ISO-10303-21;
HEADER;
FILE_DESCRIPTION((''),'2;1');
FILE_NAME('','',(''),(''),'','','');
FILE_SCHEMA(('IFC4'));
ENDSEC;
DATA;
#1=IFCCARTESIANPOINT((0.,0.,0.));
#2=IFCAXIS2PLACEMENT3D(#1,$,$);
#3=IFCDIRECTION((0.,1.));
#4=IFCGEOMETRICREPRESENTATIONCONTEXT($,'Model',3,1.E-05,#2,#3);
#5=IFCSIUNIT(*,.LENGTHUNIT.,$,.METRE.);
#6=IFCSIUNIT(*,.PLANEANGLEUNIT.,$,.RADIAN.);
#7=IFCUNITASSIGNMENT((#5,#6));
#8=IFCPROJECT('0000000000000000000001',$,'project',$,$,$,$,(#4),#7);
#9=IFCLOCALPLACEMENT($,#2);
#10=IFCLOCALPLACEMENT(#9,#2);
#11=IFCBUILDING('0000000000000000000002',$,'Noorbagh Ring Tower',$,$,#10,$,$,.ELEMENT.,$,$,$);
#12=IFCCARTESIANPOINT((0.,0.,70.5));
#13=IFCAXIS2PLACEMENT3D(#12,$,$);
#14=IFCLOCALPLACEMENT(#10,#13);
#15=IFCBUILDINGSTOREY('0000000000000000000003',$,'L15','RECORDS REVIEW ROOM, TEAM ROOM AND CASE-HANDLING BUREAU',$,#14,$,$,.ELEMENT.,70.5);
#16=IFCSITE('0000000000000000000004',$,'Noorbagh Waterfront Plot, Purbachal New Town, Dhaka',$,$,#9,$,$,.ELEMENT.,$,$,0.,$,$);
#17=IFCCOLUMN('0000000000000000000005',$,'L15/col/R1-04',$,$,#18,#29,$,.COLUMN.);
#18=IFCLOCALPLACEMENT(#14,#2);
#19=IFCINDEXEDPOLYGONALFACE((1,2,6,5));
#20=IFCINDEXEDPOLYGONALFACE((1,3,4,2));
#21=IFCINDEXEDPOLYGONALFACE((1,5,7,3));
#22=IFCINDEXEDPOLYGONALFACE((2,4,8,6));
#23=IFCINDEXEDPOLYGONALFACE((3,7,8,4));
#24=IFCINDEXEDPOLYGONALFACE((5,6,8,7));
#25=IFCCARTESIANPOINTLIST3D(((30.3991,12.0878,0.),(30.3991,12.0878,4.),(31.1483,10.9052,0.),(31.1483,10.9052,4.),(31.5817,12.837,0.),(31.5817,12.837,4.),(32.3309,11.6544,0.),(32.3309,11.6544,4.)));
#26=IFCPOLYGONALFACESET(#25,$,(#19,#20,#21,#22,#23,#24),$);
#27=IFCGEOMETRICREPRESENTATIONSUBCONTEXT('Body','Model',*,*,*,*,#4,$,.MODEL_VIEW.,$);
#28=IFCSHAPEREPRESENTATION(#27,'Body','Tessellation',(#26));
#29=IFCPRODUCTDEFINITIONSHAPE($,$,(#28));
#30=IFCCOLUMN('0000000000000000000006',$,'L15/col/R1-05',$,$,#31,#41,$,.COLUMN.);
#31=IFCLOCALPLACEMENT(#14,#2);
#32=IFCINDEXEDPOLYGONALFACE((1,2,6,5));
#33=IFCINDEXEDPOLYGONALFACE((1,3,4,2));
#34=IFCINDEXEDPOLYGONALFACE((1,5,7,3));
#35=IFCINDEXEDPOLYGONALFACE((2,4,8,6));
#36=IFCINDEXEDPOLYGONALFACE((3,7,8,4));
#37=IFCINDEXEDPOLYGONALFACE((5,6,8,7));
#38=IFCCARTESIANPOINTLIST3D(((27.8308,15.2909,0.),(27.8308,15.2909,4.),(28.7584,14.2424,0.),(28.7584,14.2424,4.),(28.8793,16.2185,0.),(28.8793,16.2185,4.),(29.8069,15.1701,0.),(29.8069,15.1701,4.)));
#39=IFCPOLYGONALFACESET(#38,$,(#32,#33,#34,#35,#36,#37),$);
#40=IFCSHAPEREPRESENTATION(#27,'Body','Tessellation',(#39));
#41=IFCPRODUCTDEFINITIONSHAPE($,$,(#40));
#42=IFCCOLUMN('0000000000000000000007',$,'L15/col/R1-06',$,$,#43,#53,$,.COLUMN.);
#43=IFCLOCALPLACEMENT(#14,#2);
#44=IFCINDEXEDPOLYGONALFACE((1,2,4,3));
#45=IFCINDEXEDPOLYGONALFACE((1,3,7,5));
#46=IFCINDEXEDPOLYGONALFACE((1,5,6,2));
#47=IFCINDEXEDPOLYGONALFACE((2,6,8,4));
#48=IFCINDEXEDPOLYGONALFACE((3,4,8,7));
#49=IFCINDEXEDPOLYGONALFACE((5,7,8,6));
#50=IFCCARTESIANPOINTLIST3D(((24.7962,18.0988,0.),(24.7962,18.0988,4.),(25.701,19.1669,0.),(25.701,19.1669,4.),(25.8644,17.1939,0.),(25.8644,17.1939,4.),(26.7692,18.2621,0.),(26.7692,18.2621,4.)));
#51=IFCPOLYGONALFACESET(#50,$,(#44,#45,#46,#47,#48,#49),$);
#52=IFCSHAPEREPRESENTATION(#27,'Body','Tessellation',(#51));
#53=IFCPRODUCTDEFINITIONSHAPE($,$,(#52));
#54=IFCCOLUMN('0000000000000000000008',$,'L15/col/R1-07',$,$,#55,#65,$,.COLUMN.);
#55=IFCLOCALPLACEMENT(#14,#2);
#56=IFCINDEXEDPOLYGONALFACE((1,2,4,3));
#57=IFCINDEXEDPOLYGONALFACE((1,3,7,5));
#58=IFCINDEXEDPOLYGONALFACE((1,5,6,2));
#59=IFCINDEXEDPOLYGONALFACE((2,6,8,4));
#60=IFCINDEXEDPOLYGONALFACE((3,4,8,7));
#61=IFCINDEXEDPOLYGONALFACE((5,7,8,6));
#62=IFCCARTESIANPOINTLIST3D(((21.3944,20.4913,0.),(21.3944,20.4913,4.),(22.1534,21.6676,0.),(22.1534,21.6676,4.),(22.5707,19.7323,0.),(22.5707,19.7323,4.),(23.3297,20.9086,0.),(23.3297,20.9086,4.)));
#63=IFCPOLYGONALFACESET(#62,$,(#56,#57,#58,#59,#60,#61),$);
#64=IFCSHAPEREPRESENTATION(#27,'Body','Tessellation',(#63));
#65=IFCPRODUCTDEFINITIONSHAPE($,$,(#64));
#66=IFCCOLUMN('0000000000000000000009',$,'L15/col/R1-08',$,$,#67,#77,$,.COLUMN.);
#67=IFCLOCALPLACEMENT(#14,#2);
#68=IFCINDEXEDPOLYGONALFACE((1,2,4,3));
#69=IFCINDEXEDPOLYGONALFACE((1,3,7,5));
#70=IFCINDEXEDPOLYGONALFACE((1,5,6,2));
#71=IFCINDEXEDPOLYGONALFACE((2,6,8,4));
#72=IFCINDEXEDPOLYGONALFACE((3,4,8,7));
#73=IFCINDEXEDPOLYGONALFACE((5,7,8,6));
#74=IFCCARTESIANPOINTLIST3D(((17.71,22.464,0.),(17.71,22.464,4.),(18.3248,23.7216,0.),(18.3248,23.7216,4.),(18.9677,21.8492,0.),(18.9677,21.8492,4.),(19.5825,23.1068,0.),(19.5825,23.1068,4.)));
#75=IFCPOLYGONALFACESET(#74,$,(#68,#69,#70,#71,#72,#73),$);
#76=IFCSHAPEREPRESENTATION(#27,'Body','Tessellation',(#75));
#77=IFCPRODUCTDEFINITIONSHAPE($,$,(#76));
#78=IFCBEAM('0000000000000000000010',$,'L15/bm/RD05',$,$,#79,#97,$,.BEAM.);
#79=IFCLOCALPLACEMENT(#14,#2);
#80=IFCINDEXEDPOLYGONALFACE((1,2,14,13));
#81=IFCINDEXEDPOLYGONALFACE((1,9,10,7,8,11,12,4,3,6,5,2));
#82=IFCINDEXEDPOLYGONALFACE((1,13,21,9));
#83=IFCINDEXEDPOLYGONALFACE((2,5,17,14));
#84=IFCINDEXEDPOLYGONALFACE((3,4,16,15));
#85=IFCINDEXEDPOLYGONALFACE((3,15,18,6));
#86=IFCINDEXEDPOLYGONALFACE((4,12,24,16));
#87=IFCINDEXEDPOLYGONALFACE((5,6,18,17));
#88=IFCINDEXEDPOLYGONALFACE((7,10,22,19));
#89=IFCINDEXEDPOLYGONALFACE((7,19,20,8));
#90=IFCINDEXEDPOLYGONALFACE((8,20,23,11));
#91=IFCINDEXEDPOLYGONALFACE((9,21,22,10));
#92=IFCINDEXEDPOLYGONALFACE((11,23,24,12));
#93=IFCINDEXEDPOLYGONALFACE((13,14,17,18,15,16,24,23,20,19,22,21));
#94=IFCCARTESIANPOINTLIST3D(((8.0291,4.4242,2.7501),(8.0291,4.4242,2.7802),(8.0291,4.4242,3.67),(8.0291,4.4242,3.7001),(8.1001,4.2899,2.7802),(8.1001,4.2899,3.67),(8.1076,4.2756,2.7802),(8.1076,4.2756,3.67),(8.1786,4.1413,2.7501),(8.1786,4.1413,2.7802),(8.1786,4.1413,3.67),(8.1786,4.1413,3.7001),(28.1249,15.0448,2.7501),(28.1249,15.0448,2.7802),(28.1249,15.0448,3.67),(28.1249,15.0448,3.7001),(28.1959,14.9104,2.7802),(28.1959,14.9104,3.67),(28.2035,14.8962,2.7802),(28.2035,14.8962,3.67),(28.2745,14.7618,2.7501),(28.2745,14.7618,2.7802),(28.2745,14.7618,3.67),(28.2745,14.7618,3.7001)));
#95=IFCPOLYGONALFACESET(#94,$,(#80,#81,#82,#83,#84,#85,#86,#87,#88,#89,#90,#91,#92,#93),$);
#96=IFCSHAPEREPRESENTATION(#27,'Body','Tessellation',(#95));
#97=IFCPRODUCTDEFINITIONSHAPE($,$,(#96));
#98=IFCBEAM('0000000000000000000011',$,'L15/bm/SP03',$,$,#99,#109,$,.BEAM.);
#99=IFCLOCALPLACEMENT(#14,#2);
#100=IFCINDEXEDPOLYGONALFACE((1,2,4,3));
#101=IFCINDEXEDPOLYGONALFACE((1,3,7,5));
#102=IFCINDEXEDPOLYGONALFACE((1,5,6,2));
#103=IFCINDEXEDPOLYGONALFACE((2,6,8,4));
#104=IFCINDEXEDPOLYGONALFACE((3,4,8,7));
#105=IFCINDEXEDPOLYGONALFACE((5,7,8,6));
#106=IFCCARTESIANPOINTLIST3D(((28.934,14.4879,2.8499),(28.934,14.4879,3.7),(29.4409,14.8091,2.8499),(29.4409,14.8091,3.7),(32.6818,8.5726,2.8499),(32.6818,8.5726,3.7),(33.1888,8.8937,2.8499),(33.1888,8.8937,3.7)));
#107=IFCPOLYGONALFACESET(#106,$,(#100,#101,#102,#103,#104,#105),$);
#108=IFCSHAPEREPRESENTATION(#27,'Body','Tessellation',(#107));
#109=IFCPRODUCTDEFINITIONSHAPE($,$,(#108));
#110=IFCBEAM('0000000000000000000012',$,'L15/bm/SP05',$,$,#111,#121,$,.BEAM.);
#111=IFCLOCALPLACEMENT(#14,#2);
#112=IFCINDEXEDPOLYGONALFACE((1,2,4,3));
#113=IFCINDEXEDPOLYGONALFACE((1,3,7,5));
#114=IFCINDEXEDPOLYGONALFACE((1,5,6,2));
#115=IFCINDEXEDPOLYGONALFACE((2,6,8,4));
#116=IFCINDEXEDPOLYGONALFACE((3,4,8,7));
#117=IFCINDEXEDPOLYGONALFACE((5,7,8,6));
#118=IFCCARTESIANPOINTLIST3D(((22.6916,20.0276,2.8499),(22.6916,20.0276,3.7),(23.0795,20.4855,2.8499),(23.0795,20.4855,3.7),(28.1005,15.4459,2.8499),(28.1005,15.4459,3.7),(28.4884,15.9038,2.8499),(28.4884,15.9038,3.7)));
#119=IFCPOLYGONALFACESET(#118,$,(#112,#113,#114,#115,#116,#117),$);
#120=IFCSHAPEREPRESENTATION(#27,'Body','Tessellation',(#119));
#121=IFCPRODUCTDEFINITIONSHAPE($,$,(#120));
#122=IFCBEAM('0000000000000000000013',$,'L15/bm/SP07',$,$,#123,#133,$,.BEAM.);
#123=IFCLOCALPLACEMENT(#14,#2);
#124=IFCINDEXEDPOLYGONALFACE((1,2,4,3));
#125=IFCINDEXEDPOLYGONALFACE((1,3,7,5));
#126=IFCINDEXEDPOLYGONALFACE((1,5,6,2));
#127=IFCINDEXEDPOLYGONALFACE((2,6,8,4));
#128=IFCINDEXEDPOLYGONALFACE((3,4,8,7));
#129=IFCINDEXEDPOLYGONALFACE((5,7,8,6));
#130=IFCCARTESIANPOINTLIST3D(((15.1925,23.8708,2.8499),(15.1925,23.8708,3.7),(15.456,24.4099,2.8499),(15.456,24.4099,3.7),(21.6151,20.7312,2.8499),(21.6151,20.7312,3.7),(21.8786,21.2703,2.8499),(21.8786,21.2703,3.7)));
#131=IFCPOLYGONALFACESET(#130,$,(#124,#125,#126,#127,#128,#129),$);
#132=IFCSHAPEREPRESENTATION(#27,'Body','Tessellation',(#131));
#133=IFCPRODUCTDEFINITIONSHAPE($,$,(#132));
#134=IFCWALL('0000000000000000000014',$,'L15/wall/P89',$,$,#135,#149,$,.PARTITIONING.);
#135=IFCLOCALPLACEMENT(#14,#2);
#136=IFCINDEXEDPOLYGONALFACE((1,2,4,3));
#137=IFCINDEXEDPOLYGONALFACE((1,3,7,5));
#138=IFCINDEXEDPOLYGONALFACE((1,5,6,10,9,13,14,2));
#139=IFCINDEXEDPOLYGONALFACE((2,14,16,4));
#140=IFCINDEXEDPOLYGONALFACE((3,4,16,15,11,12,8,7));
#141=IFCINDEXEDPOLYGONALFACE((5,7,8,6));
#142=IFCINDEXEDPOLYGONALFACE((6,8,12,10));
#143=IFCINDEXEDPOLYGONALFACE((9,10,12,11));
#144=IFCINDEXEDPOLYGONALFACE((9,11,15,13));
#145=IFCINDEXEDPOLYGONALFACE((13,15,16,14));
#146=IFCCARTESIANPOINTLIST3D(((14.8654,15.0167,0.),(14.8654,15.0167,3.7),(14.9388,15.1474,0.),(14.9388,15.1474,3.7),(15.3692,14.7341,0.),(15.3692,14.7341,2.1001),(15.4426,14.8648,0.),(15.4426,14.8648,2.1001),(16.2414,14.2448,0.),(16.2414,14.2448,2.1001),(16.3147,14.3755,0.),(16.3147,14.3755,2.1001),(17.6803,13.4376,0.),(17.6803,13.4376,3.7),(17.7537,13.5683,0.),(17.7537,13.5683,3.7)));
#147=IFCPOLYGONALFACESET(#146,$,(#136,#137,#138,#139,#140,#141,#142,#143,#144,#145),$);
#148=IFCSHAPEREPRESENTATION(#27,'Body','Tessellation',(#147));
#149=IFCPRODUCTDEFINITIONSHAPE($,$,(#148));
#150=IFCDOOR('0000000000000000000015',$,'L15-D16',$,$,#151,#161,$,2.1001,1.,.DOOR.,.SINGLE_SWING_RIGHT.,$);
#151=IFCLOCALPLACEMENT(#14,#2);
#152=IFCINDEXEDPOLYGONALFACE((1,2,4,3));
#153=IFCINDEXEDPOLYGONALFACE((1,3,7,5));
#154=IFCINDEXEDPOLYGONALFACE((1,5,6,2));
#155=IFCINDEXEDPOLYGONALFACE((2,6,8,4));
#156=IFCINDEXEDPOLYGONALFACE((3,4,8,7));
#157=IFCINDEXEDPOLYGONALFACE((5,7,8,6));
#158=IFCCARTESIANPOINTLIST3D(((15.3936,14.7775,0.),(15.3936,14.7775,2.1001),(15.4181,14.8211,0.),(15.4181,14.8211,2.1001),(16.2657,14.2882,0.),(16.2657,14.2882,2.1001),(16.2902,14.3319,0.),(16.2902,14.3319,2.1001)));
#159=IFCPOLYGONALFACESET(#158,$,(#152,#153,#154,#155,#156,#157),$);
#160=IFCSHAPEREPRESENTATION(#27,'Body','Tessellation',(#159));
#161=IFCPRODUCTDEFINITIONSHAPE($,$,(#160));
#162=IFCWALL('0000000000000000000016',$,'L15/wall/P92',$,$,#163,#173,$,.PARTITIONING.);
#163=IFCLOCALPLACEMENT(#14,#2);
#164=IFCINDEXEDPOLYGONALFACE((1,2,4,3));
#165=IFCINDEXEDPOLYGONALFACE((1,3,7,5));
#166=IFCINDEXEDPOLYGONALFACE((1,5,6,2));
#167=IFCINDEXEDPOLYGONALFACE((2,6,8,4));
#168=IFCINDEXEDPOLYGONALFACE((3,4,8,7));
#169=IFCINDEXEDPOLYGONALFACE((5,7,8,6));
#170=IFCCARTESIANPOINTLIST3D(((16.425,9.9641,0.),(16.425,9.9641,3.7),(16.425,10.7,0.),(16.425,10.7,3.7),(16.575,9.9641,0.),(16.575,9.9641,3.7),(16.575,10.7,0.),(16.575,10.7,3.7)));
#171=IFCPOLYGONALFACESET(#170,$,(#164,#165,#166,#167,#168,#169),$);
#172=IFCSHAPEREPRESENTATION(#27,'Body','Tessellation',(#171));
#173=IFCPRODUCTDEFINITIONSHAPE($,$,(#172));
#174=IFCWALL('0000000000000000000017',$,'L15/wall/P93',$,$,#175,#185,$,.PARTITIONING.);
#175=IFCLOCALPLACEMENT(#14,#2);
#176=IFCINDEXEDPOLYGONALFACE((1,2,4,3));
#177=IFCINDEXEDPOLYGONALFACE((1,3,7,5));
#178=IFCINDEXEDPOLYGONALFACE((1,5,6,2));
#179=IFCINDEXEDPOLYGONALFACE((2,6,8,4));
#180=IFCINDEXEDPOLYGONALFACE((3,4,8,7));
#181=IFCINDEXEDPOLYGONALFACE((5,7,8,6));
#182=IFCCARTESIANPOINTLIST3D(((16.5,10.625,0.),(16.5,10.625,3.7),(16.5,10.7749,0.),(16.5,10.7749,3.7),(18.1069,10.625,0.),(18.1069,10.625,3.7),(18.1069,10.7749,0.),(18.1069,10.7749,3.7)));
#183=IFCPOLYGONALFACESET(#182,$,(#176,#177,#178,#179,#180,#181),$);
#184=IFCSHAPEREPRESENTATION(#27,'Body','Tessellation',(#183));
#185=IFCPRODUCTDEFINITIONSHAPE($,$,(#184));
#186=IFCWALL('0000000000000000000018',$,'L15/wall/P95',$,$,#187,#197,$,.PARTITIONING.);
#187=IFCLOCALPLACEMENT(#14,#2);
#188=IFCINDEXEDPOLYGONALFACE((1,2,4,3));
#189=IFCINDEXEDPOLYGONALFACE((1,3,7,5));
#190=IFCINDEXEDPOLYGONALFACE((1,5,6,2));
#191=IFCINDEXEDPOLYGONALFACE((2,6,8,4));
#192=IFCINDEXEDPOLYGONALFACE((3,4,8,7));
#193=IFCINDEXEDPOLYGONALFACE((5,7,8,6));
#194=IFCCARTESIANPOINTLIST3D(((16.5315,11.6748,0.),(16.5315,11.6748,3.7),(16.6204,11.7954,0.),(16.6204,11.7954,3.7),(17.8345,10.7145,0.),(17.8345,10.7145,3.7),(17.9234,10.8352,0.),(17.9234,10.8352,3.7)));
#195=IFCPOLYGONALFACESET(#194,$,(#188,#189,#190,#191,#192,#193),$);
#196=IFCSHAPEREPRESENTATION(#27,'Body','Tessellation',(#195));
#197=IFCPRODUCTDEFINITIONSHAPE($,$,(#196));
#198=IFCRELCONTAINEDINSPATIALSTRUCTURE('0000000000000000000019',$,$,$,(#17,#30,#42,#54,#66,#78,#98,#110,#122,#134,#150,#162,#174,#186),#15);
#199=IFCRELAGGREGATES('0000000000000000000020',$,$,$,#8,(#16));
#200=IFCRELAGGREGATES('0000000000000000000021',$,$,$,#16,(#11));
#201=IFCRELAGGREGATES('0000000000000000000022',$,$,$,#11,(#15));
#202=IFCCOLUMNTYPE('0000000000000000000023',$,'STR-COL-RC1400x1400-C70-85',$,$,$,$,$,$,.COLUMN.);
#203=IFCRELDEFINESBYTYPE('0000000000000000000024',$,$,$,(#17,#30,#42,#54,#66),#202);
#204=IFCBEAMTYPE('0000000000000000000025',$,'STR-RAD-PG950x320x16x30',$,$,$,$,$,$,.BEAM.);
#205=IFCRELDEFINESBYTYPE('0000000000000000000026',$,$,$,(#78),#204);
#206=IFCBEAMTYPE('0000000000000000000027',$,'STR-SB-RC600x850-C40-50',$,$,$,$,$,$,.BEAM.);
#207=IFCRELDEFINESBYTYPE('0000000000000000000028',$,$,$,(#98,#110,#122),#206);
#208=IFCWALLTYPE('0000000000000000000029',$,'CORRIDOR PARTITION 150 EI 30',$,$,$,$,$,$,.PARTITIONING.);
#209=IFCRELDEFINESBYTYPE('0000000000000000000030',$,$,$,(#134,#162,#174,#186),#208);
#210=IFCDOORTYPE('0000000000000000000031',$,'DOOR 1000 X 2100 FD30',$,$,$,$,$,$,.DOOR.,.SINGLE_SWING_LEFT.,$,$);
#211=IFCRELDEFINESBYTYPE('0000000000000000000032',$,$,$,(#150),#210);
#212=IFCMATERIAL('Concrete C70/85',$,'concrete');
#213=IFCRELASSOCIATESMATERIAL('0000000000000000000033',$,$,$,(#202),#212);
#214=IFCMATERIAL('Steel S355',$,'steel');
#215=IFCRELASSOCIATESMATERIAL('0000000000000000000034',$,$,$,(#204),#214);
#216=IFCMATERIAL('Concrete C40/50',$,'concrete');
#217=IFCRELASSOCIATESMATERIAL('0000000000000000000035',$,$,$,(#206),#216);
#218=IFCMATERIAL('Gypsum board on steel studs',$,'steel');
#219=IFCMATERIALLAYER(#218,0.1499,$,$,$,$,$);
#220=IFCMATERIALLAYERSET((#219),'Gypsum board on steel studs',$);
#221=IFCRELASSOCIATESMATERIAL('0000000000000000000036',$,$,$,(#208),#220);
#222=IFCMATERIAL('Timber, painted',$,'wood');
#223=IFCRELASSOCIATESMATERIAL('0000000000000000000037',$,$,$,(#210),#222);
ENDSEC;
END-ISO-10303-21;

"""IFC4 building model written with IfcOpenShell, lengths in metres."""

from ifc_helpers import new_model, si_unit, direction, frame, frame_2d, origin, origin_2d, place, context, subcontext, project, spatial, rectangle, i_section, extrude, material, layer, layer_set, material_profile, profile_set, type_object, element, fill, save


model = new_model("IFC4")

# Units and contexts
model_context = context("Model", 3, precision=1e-05, world=origin(), true_north=direction((0.0, 1.0)))
body_context = subcontext(model_context, "Body", "Model", "MODEL_VIEW")
ifc_project = project(units=[si_unit("LENGTHUNIT", "METRE"), si_unit("PLANEANGLEUNIT", "RADIAN")], contexts=[model_context])

# Site, building, storey
site_placement = place(None, origin())
site = spatial("IfcSite", under=ifc_project, at=site_placement, Name="Noorbagh Waterfront Plot, Purbachal New Town, Dhaka", CompositionType="ELEMENT", RefElevation=0.0)
building_placement = place(site_placement, origin())
building = spatial("IfcBuilding", under=site, at=building_placement, Name="Noorbagh Ring Tower", CompositionType="ELEMENT")
storey_placement = place(building_placement, frame((0.0, 0.0, 70.5)))
storey = spatial("IfcBuildingStorey", under=building, at=storey_placement, Name="L15", Description="RECORDS REVIEW ROOM, TEAM ROOM AND CASE-HANDLING BUREAU", CompositionType="ELEMENT", Elevation=70.5)

# Columns
ifc_material_1 = material(Name="Concrete C70/85", Category="concrete")
ifc_material_profile_1 = material_profile(ifc_material_1, rectangle(XDim=1.3999, YDim=1.3999, at=origin_2d()), Name="RC1400x1400")
ifc_profile_set_1 = profile_set([ifc_material_profile_1], Name="Concrete C70/85")
column_type = type_object("IfcColumnType", Name="STR-COL-RC1400x1400-C70-85", PredefinedType="COLUMN", material=ifc_profile_set_1)
for number, where, z_axis, x_axis, name in (
    (1, (31.365, 11.8711, 0.0), (0.0, 0.0, 1.0), (-0.53519, 0.844731, 0.0), "L15/col/R1-04"),
    (2, (28.8188, 15.2305, 0.0), (0.0, 0.0, 1.0), (-0.662636, 0.748942, 0.0), "L15/col/R1-05"),
    (3, (25.7827, 18.1804, 0.0), (0.0, 0.0, 1.0), (-0.763035, 0.646357, 0.0), "L15/col/R1-06"),
    (4, (22.3621, 20.7, 0.0), (0.0, 0.0, 1.0), (-0.840248, 0.542203, 0.0), "L15/col/R1-07"),
    (5, (18.6462, 22.7854, 0.0), (0.0, 0.0, 1.0), (-0.898399, 0.43918, 0.0), "L15/col/R1-08"),
):
    element("IfcColumn", number, at=place(storey_placement, frame(where, z_axis=z_axis, x_axis=x_axis)), inside=storey, type_object=column_type, Name=name, PredefinedType="COLUMN", context=body_context, shape_type="SweptSolid", body=[
        extrude(rectangle(XDim=1.3999, YDim=1.3999, at=origin_2d()), origin(), (0.0, 0.0, 1.0), 4.0),
    ])

# Beams
ifc_material_2 = material(Name="Steel S355", Category="steel")
ifc_material_profile_2 = material_profile(ifc_material_2, i_section(OverallWidth=0.3201, OverallDepth=0.95, WebThickness=0.0161, FlangeThickness=0.03, at=origin_2d()), Name="PG950x320x16x30")
ifc_profile_set_2 = profile_set([ifc_material_profile_2], Name="Steel S355")
beam_type_1 = type_object("IfcBeamType", Name="STR-RAD-PG950x320x16x30", PredefinedType="BEAM", material=ifc_profile_set_2)
beam_1_placement = place(storey_placement, frame((28.1997, 14.9033, 3.2251), z_axis=(-0.884123, -0.467254, 0.0), x_axis=(0.467254, -0.884123, 0.0)))
element("IfcBeam", 6, at=beam_1_placement, inside=storey, type_object=beam_type_1, Name="L15/bm/RD05", PredefinedType="BEAM", context=body_context, shape_type="SweptSolid", body=[
    extrude(i_section(OverallWidth=0.3201, OverallDepth=0.95, WebThickness=0.0161, FlangeThickness=0.03, at=origin_2d()), origin(), (0.0, 0.0, 1.0), 22.7297),
])
ifc_material_3 = material(Name="Concrete C40/50", Category="concrete")
ifc_material_profile_3 = material_profile(ifc_material_3, rectangle(XDim=0.6001, YDim=0.8501, at=origin_2d()), Name="RC600x850")
ifc_profile_set_3 = profile_set([ifc_material_profile_3], Name="Concrete C40/50")
beam_type_2 = type_object("IfcBeamType", Name="STR-SB-RC600x850-C40-50", PredefinedType="BEAM", material=ifc_profile_set_3)
beam_2_placement = place(storey_placement, frame((32.9353, 8.7332, 3.2749), z_axis=(-0.535201, 0.844725, 0.0), x_axis=(-0.844725, -0.535201, 0.0)))
element("IfcBeam", 7, at=beam_2_placement, inside=storey, type_object=beam_type_2, Name="L15/bm/SP03", PredefinedType="BEAM", context=body_context, shape_type="SweptSolid", body=[
    extrude(rectangle(XDim=0.6001, YDim=0.8501, at=origin_2d()), origin(), (0.0, 0.0, 1.0), 7.0027),
])
beam_3_placement = place(storey_placement, frame((28.2944, 15.6748, 3.2749), z_axis=(-0.763039, 0.646353, 0.0), x_axis=(-0.646353, -0.763039, 0.0)))
element("IfcBeam", 8, at=beam_3_placement, inside=storey, type_object=beam_type_2, Name="L15/bm/SP05", PredefinedType="BEAM", context=body_context, shape_type="SweptSolid", body=[
    extrude(rectangle(XDim=0.6001, YDim=0.8501, at=origin_2d()), origin(), (0.0, 0.0, 1.0), 7.0886),
])
beam_4_placement = place(storey_placement, frame((21.7468, 21.0007, 3.2749), z_axis=(-0.898401, 0.439177, 0.0), x_axis=(-0.439177, -0.898401, 0.0)))
element("IfcBeam", 9, at=beam_4_placement, inside=storey, type_object=beam_type_2, Name="L15/bm/SP07", PredefinedType="BEAM", context=body_context, shape_type="SweptSolid", body=[
    extrude(rectangle(XDim=0.6001, YDim=0.8501, at=origin_2d()), origin(), (0.0, 0.0, 1.0), 7.1489),
])

# Wall, opening, door
ifc_material_4 = material(Name="Gypsum board on steel studs", Category="steel")
ifc_layer_1 = layer(ifc_material_4, 0.1499)
ifc_layer_set_1 = layer_set([ifc_layer_1], Name="Gypsum board on steel studs")
wall_type_1 = type_object("IfcWallType", Name="CORRIDOR PARTITION 150 EI 30", PredefinedType="PARTITIONING", material=ifc_layer_set_1)
wall_1_placement = place(storey_placement, frame((14.9021, 15.082, 0.0), z_axis=(0.0, 0.0, 1.0), x_axis=(0.872145, -0.489248, 0.0)))
wall_1 = element("IfcWall", 10, at=wall_1_placement, inside=storey, type_object=wall_type_1, Name="L15/wall/P89", PredefinedType="PARTITIONING", context=body_context, shape_type="SweptSolid", body=[
    extrude(rectangle(XDim=3.2275, YDim=0.1499, at=frame_2d((1.6138, 0.0))), origin(), (0.0, 0.0, 1.0), 3.7),
])
opening_1_placement = place(wall_1_placement, frame((0.5776, 0.0, 0.0)))
opening_1 = element("IfcOpeningElement", 11, at=opening_1_placement, cuts=wall_1, PredefinedType="OPENING", context=body_context, shape_type="SweptSolid", body=[
    extrude(rectangle(XDim=1.0, YDim=2.1001, at=frame_2d((0.5, 1.05))), frame((0.0, 0.085, 0.0), z_axis=(0.0, -1.0, 0.0), x_axis=(1.0, 0.0, 0.0)), (0.0, 0.0, 1.0), 0.1699),
])
ifc_material_5 = material(Name="Timber, painted", Category="wood")
door_type = type_object("IfcDoorType", Name="DOOR 1000 X 2100 FD30", OperationType="SINGLE_SWING_LEFT", PredefinedType="DOOR", material=ifc_material_5)
door_1_placement = place(opening_1_placement, origin())
door_1 = element("IfcDoor", 12, at=door_1_placement, inside=storey, type_object=door_type, Name="L15-D16", OperationType="SINGLE_SWING_RIGHT", OverallHeight=2.1001, OverallWidth=1.0, PredefinedType="DOOR", context=body_context, shape_type="SweptSolid", body=[
    extrude(rectangle(XDim=1.0, YDim=2.1001, at=frame_2d((0.5, 1.05))), frame((0.0, 0.0249, 0.0), z_axis=(0.0, -1.0, 0.0), x_axis=(1.0, 0.0, 0.0)), (0.0, 0.0, 1.0), 0.05),
])
fill(opening_1, door_1)

# Walls
wall_2_placement = place(storey_placement, frame((16.5, 9.9641, 0.0), z_axis=(0.0, 0.0, 1.0), x_axis=(0.0, 1.0, 0.0)))
element("IfcWall", 13, at=wall_2_placement, inside=storey, type_object=wall_type_1, Name="L15/wall/P92", PredefinedType="PARTITIONING", context=body_context, shape_type="SweptSolid", body=[
    extrude(rectangle(XDim=0.7358, YDim=0.1499, at=frame_2d((0.3679, 0.0))), origin(), (0.0, 0.0, 1.0), 3.7),
])
wall_3_placement = place(storey_placement, frame((16.5, 10.7, 0.0), z_axis=(0.0, 0.0, 1.0), x_axis=(1.0, 0.0, 0.0)))
element("IfcWall", 14, at=wall_3_placement, inside=storey, type_object=wall_type_1, Name="L15/wall/P93", PredefinedType="PARTITIONING", context=body_context, shape_type="SweptSolid", body=[
    extrude(rectangle(XDim=1.6069, YDim=0.1499, at=frame_2d((0.8035, 0.0))), origin(), (0.0, 0.0, 1.0), 3.7),
])
wall_4_placement = place(storey_placement, frame((16.5759, 11.7351, 0.0), z_axis=(0.0, 0.0, 1.0), x_axis=(0.805022, -0.593245, 0.0)))
element("IfcWall", 15, at=wall_4_placement, inside=storey, type_object=wall_type_1, Name="L15/wall/P95", PredefinedType="PARTITIONING", context=body_context, shape_type="SweptSolid", body=[
    extrude(rectangle(XDim=1.6187, YDim=0.1499, at=frame_2d((0.8093, 0.0))), origin(), (0.0, 0.0, 1.0), 3.7),
])

save(model, "model.ifc")
